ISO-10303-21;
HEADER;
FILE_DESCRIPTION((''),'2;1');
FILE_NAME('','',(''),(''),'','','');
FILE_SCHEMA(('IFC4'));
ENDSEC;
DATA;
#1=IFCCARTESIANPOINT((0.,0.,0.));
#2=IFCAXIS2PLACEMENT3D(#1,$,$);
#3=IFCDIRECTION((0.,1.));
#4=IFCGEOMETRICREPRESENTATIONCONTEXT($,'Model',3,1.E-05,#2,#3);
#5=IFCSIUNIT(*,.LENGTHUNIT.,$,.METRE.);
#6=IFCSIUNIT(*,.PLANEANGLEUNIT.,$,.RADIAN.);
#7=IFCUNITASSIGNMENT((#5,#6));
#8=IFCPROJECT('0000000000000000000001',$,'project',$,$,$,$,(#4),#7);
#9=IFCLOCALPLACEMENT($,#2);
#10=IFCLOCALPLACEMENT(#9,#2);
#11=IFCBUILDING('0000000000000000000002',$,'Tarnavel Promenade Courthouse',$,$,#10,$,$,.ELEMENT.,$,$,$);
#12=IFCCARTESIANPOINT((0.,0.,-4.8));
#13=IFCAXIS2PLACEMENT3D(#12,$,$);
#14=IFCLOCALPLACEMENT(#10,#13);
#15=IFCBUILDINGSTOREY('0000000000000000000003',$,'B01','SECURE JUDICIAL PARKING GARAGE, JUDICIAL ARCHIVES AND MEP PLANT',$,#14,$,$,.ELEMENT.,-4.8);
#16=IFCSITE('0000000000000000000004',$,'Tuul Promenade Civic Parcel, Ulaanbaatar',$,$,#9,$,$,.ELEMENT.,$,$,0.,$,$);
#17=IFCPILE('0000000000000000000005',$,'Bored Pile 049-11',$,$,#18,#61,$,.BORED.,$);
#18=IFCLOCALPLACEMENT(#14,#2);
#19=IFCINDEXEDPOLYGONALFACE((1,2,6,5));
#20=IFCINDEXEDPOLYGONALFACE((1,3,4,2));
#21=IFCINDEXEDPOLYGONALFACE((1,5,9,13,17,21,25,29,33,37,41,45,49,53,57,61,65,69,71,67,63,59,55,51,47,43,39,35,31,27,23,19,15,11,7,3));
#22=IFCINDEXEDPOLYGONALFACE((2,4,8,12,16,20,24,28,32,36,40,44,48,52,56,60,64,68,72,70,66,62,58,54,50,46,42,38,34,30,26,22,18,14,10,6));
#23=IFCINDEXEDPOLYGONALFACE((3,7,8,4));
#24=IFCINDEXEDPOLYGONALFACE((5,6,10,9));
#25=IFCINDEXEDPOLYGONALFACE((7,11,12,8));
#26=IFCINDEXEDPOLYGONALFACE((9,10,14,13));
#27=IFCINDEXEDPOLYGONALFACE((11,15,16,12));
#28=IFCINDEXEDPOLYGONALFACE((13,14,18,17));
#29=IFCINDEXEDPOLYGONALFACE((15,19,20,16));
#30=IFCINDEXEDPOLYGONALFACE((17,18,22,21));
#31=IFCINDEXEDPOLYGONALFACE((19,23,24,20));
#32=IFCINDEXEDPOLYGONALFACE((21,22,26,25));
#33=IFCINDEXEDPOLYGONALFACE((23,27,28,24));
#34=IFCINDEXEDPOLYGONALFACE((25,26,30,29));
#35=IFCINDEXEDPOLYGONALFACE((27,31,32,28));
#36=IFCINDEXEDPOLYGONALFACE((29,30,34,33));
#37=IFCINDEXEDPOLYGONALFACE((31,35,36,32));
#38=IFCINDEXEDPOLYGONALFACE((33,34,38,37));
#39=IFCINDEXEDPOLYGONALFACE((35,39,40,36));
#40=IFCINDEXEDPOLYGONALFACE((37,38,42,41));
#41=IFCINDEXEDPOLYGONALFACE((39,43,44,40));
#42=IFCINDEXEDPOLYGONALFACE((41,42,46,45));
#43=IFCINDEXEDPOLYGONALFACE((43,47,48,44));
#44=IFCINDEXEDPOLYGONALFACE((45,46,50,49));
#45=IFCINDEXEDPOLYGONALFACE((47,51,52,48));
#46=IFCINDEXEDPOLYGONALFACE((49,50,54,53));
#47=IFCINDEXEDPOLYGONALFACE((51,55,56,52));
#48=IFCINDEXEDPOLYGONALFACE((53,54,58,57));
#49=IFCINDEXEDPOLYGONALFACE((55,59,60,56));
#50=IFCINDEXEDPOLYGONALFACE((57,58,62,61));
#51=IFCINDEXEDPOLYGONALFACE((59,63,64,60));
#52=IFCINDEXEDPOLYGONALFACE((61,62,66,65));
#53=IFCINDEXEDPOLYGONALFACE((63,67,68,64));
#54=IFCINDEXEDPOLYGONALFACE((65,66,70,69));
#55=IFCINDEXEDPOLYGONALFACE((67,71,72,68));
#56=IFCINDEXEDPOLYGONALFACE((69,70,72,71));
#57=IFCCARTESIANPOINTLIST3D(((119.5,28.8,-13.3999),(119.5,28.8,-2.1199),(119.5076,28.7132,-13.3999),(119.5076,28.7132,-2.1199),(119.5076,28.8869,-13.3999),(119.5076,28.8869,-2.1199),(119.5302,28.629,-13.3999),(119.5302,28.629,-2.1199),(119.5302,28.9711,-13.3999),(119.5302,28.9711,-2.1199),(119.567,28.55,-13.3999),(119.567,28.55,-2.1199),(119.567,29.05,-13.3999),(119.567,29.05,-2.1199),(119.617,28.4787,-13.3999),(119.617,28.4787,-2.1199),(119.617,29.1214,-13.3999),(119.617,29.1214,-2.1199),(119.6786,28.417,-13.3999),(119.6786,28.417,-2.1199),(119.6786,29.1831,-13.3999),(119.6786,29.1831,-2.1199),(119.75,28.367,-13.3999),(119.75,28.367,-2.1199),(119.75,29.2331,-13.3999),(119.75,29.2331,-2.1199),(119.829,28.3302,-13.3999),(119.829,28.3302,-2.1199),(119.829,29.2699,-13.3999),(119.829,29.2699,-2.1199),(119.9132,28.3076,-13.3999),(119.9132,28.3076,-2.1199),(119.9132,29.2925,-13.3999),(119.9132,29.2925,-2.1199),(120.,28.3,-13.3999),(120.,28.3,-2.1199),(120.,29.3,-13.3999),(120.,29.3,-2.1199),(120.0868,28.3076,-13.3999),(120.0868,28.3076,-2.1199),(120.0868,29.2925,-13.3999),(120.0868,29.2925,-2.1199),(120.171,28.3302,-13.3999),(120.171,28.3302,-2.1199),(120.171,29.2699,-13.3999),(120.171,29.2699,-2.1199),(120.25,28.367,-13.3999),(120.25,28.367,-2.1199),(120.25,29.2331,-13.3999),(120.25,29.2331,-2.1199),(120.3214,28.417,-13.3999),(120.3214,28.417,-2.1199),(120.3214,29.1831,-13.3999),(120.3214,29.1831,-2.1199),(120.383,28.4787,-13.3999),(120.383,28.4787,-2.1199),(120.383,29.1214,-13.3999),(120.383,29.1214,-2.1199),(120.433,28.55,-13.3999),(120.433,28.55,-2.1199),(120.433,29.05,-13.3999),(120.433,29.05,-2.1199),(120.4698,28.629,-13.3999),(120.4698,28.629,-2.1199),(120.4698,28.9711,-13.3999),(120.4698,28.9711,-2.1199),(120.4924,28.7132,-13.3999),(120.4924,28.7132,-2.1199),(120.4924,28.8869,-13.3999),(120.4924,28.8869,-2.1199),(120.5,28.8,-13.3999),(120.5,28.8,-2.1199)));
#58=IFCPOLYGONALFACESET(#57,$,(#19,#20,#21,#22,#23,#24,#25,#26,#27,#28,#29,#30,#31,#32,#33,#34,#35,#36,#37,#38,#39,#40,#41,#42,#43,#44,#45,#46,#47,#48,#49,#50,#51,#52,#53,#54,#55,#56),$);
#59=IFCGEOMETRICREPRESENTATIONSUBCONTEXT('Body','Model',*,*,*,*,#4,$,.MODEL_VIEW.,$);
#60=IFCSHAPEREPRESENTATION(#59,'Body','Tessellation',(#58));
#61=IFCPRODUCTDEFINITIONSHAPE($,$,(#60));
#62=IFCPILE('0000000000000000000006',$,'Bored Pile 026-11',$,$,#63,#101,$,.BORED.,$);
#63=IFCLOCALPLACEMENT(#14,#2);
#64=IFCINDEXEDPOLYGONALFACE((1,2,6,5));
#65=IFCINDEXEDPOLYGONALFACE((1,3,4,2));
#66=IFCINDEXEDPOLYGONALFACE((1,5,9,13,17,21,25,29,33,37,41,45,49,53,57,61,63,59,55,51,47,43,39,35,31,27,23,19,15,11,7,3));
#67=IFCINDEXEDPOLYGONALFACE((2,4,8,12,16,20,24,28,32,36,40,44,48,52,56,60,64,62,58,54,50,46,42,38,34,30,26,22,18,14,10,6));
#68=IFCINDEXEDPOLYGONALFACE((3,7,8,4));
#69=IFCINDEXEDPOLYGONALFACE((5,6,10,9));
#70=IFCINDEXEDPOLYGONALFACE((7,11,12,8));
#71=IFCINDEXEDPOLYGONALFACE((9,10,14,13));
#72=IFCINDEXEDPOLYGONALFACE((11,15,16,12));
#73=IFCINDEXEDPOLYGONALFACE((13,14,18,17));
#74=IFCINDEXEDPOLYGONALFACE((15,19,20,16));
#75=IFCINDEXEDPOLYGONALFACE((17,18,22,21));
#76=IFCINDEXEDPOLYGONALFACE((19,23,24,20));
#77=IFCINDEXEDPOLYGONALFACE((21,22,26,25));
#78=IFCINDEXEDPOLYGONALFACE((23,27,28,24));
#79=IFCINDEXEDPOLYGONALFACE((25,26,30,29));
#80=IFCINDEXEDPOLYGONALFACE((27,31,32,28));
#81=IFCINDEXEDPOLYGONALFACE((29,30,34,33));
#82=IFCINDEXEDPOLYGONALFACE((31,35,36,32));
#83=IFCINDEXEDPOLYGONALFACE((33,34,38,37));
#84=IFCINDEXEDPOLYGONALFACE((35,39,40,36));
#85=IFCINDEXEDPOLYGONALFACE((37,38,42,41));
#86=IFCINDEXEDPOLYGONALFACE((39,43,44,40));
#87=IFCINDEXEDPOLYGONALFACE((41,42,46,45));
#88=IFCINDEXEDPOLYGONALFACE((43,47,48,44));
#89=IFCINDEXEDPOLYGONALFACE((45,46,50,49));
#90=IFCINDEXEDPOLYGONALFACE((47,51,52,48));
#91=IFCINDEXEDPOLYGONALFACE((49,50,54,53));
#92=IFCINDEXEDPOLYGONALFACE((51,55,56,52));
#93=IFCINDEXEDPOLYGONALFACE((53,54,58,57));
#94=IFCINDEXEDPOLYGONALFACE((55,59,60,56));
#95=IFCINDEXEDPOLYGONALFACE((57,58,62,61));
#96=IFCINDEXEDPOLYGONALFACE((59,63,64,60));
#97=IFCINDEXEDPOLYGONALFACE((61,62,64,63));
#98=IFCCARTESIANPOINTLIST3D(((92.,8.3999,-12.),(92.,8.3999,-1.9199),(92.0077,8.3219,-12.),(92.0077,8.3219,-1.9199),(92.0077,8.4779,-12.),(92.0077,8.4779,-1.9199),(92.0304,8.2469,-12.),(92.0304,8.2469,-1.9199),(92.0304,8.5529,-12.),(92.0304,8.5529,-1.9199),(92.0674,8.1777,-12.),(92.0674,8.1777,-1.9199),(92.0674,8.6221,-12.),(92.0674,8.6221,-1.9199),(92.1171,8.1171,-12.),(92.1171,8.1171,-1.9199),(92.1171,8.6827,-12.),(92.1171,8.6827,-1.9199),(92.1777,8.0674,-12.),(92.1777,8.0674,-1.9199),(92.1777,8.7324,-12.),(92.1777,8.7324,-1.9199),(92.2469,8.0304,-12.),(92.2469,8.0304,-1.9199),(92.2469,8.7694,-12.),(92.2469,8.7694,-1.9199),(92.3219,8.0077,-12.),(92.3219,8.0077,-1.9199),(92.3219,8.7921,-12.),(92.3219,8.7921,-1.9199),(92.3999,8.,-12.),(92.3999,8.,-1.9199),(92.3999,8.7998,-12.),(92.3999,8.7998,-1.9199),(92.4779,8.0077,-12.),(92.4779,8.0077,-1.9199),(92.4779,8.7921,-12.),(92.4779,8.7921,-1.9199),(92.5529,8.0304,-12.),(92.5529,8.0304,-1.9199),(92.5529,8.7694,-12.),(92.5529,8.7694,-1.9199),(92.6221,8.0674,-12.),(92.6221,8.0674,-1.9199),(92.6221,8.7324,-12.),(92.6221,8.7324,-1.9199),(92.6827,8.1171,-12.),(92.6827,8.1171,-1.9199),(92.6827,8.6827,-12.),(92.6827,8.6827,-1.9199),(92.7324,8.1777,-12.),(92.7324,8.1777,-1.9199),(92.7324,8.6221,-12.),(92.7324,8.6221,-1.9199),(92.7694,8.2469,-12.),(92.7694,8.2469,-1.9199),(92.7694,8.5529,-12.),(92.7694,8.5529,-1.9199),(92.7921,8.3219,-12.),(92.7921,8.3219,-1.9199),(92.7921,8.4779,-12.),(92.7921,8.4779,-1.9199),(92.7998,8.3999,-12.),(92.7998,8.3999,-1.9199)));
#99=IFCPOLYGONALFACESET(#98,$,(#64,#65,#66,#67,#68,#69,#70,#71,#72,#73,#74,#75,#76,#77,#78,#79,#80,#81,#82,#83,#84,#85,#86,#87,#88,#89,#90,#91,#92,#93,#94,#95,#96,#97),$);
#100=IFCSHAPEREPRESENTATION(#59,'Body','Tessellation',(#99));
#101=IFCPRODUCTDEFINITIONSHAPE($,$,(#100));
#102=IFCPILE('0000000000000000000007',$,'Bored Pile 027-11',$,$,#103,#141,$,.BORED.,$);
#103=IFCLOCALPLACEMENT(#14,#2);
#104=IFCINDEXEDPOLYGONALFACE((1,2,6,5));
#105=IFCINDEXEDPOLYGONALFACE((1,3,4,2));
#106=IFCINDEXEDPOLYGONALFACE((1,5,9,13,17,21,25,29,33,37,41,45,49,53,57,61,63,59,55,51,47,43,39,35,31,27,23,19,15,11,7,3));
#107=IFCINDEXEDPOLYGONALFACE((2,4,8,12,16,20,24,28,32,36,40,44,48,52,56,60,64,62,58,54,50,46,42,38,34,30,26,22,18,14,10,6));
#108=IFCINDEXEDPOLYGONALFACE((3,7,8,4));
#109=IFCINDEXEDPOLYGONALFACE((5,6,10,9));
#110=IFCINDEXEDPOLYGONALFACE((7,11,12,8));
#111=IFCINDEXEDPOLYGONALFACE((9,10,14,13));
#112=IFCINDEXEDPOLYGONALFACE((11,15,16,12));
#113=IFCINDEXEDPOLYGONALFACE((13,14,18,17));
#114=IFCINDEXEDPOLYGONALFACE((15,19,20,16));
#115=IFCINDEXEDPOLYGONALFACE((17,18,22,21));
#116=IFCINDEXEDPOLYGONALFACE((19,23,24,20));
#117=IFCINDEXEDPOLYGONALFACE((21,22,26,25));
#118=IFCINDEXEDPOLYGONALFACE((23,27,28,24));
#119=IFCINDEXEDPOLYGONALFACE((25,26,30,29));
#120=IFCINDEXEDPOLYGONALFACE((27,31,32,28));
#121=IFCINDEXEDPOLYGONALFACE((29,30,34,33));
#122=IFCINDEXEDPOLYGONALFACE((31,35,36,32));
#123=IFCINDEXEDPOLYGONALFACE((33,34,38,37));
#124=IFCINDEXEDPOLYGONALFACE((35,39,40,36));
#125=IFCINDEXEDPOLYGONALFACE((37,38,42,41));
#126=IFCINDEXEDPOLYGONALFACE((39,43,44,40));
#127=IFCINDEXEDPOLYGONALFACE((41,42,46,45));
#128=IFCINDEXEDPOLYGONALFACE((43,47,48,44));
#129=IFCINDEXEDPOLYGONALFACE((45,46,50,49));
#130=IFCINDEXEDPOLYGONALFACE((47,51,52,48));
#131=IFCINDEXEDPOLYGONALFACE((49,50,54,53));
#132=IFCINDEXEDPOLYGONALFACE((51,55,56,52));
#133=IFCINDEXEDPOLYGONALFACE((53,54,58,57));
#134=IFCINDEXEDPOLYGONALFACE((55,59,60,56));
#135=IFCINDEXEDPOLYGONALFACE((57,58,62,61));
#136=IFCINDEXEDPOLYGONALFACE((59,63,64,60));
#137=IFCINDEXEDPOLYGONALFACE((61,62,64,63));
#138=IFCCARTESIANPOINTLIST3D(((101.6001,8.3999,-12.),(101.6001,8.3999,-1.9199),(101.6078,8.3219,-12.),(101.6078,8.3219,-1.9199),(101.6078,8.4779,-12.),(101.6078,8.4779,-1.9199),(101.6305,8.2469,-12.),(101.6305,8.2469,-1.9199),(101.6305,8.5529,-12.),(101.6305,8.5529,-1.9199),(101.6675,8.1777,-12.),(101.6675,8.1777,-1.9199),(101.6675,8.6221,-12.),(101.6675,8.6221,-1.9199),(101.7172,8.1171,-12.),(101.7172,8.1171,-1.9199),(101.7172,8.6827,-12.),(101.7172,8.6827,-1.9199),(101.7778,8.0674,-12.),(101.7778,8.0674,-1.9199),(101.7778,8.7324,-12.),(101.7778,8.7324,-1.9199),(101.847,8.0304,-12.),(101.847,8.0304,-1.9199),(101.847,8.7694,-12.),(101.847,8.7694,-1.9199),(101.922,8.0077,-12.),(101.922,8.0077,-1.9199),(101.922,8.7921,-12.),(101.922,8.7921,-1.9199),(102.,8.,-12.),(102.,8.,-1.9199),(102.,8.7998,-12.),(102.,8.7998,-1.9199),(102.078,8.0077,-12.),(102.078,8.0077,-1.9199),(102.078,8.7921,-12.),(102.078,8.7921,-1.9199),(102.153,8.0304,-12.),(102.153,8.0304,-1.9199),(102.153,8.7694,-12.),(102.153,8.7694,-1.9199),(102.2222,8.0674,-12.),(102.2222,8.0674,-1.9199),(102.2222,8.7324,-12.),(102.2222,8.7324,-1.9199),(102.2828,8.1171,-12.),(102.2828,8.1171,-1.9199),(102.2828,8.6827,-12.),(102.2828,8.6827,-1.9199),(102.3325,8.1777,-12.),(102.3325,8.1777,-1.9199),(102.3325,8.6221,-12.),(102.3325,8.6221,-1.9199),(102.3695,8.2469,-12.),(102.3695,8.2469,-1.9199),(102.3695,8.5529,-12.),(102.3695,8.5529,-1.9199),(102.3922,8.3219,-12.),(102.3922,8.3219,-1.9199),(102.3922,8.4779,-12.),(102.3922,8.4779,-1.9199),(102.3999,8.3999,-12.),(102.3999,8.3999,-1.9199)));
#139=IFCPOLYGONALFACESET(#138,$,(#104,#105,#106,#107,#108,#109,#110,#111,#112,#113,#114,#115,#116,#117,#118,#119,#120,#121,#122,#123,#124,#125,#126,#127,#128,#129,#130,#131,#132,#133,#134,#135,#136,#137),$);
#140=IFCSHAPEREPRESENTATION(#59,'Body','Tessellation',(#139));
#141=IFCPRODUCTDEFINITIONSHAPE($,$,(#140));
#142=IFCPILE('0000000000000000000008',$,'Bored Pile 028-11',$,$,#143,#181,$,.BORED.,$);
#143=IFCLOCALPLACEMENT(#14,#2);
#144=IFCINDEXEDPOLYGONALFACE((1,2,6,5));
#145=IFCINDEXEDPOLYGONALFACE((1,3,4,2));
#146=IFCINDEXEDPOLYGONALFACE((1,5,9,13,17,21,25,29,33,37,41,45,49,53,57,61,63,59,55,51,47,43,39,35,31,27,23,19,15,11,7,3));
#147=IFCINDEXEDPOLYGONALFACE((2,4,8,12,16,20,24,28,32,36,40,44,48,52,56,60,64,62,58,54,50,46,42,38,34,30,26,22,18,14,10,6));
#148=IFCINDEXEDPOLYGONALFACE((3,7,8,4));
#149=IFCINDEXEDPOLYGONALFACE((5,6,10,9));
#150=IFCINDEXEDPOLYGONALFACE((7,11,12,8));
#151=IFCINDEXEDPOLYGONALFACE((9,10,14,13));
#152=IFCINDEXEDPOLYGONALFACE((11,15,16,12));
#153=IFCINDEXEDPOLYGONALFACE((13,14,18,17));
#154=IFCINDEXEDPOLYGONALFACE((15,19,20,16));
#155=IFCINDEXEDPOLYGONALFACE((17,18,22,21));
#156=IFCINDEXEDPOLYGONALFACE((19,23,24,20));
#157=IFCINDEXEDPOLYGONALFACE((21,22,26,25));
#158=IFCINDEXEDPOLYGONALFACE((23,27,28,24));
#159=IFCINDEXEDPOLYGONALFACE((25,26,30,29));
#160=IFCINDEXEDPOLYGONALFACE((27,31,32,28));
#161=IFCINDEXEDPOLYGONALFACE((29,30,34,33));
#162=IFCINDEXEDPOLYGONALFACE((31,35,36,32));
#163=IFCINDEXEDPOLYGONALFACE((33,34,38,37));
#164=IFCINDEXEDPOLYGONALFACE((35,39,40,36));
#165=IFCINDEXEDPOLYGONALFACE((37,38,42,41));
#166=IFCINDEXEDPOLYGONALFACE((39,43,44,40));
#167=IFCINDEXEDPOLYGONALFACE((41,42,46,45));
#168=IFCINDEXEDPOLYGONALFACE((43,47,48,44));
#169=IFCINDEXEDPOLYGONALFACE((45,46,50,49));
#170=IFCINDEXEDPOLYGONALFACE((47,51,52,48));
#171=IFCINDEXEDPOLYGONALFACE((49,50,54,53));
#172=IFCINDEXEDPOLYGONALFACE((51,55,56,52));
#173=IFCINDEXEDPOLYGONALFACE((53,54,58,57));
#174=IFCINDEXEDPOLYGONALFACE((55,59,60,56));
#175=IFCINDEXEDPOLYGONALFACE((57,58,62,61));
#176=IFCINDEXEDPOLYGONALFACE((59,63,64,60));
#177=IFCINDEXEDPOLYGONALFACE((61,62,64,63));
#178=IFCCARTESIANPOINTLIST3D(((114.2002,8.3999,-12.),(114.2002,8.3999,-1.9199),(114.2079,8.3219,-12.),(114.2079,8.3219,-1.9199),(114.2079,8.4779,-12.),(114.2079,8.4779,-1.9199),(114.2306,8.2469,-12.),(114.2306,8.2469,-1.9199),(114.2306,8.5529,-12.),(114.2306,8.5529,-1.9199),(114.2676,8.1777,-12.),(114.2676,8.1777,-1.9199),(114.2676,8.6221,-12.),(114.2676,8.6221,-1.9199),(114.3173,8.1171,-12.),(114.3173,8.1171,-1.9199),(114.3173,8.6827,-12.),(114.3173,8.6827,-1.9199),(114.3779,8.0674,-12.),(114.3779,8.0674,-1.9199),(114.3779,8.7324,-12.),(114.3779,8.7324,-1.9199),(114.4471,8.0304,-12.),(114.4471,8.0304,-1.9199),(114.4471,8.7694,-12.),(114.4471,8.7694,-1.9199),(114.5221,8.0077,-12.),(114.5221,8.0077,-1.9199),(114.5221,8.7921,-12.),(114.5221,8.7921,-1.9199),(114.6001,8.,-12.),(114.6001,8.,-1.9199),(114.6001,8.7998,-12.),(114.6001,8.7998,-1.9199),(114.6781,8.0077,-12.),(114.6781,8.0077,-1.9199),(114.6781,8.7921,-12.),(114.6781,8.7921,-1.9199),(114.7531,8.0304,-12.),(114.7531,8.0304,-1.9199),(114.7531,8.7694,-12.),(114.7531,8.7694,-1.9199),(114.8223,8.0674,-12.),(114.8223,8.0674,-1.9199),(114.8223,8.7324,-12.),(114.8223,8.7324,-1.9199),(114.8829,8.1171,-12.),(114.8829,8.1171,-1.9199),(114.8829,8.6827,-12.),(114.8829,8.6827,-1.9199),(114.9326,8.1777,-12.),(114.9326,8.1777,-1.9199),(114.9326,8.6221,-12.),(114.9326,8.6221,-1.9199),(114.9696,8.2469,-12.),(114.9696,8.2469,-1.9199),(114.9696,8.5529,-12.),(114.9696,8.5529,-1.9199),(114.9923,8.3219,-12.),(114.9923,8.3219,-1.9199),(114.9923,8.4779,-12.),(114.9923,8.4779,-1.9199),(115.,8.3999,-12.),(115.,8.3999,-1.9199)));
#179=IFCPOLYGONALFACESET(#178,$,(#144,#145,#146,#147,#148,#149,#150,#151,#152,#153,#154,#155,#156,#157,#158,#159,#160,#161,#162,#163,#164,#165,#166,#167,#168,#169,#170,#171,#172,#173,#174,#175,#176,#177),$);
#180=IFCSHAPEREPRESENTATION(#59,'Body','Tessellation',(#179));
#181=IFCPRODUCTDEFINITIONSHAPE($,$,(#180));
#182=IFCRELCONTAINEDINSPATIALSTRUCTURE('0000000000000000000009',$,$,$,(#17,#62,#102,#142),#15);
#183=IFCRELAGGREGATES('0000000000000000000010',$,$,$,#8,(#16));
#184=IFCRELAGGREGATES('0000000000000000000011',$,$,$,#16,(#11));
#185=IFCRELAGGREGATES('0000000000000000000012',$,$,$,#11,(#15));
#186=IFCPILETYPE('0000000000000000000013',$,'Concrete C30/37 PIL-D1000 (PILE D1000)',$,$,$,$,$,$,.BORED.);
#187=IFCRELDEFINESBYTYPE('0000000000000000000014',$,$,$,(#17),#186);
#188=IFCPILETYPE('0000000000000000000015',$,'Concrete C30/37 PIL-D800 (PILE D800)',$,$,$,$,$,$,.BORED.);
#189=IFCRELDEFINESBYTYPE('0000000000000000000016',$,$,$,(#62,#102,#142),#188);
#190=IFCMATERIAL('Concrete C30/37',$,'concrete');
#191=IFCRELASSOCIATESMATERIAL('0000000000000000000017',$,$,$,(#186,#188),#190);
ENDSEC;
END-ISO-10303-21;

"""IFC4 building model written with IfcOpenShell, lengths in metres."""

from ifc_helpers import new_model, si_unit, direction, frame, origin, origin_2d, place, context, subcontext, project, spatial, circle, extrude, material, material_profile, profile_set, type_object, element, save


model = new_model("IFC4")

# Units and contexts
model_context = context("Model", 3, precision=1e-05, world=origin(), true_north=direction((0.0, 1.0)))
body_context = subcontext(model_context, "Body", "Model", "MODEL_VIEW")
ifc_project = project(units=[si_unit("LENGTHUNIT", "METRE"), si_unit("PLANEANGLEUNIT", "RADIAN")], contexts=[model_context])

# Site, building, storey
site_placement = place(None, origin())
site = spatial("IfcSite", under=ifc_project, at=site_placement, Name="Tuul Promenade Civic Parcel, Ulaanbaatar", CompositionType="ELEMENT", RefElevation=0.0)
building_placement = place(site_placement, origin())
building = spatial("IfcBuilding", under=site, at=building_placement, Name="Tarnavel Promenade Courthouse", CompositionType="ELEMENT")
storey_placement = place(building_placement, frame((0.0, 0.0, -4.8)))
storey = spatial("IfcBuildingStorey", under=building, at=storey_placement, Name="B01", Description="SECURE JUDICIAL PARKING GARAGE, JUDICIAL ARCHIVES AND MEP PLANT", CompositionType="ELEMENT", Elevation=-4.8)

# Piles
ifc_material_1 = material(Name="Concrete C30/37", Category="concrete")
ifc_material_profile_1 = material_profile(ifc_material_1, circle(Radius=0.5, at=origin_2d()), Name="PILE D1000")
ifc_profile_set_1 = profile_set([ifc_material_profile_1], Name="Concrete C30/37")
pile_type_1 = type_object("IfcPileType", Name="Concrete C30/37 PIL-D1000 (PILE D1000)", PredefinedType="BORED", material=ifc_profile_set_1)
pile_placement = place(storey_placement, frame((120.0, 28.8, -2.1199), z_axis=(0.0, 0.0, -1.0), x_axis=(1.0, 0.0, 0.0)))
element("IfcPile", 1, at=pile_placement, inside=storey, type_object=pile_type_1, Name="Bored Pile 049-11", PredefinedType="BORED", context=body_context, shape_type="SweptSolid", body=[
    extrude(circle(Radius=0.5, at=origin_2d()), origin(), (0.0, 0.0, 1.0), 11.28),
])
ifc_material_profile_2 = material_profile(ifc_material_1, circle(Radius=0.3999, at=origin_2d()), Name="PILE D800")
ifc_profile_set_2 = profile_set([ifc_material_profile_2], Name="Concrete C30/37")
pile_type_2 = type_object("IfcPileType", Name="Concrete C30/37 PIL-D800 (PILE D800)", PredefinedType="BORED", material=ifc_profile_set_2)
for number, where, z_axis, x_axis, name in (
    (2, (92.3999, 8.3999, -1.9199), (0.0, 0.0, -1.0), (1.0, 0.0, 0.0), "Bored Pile 026-11"),
    (3, (102.0, 8.3999, -1.9199), (0.0, 0.0, -1.0), (1.0, 0.0, 0.0), "Bored Pile 027-11"),
    (4, (114.6001, 8.3999, -1.9199), (0.0, 0.0, -1.0), (1.0, 0.0, 0.0), "Bored Pile 028-11"),
):
    element("IfcPile", number, at=place(storey_placement, frame(where, z_axis=z_axis, x_axis=x_axis)), inside=storey, type_object=pile_type_2, Name=name, PredefinedType="BORED", context=body_context, shape_type="SweptSolid", body=[
        extrude(circle(Radius=0.3999, at=origin_2d()), origin(), (0.0, 0.0, 1.0), 10.0801),
    ])

save(model, "model.ifc")
